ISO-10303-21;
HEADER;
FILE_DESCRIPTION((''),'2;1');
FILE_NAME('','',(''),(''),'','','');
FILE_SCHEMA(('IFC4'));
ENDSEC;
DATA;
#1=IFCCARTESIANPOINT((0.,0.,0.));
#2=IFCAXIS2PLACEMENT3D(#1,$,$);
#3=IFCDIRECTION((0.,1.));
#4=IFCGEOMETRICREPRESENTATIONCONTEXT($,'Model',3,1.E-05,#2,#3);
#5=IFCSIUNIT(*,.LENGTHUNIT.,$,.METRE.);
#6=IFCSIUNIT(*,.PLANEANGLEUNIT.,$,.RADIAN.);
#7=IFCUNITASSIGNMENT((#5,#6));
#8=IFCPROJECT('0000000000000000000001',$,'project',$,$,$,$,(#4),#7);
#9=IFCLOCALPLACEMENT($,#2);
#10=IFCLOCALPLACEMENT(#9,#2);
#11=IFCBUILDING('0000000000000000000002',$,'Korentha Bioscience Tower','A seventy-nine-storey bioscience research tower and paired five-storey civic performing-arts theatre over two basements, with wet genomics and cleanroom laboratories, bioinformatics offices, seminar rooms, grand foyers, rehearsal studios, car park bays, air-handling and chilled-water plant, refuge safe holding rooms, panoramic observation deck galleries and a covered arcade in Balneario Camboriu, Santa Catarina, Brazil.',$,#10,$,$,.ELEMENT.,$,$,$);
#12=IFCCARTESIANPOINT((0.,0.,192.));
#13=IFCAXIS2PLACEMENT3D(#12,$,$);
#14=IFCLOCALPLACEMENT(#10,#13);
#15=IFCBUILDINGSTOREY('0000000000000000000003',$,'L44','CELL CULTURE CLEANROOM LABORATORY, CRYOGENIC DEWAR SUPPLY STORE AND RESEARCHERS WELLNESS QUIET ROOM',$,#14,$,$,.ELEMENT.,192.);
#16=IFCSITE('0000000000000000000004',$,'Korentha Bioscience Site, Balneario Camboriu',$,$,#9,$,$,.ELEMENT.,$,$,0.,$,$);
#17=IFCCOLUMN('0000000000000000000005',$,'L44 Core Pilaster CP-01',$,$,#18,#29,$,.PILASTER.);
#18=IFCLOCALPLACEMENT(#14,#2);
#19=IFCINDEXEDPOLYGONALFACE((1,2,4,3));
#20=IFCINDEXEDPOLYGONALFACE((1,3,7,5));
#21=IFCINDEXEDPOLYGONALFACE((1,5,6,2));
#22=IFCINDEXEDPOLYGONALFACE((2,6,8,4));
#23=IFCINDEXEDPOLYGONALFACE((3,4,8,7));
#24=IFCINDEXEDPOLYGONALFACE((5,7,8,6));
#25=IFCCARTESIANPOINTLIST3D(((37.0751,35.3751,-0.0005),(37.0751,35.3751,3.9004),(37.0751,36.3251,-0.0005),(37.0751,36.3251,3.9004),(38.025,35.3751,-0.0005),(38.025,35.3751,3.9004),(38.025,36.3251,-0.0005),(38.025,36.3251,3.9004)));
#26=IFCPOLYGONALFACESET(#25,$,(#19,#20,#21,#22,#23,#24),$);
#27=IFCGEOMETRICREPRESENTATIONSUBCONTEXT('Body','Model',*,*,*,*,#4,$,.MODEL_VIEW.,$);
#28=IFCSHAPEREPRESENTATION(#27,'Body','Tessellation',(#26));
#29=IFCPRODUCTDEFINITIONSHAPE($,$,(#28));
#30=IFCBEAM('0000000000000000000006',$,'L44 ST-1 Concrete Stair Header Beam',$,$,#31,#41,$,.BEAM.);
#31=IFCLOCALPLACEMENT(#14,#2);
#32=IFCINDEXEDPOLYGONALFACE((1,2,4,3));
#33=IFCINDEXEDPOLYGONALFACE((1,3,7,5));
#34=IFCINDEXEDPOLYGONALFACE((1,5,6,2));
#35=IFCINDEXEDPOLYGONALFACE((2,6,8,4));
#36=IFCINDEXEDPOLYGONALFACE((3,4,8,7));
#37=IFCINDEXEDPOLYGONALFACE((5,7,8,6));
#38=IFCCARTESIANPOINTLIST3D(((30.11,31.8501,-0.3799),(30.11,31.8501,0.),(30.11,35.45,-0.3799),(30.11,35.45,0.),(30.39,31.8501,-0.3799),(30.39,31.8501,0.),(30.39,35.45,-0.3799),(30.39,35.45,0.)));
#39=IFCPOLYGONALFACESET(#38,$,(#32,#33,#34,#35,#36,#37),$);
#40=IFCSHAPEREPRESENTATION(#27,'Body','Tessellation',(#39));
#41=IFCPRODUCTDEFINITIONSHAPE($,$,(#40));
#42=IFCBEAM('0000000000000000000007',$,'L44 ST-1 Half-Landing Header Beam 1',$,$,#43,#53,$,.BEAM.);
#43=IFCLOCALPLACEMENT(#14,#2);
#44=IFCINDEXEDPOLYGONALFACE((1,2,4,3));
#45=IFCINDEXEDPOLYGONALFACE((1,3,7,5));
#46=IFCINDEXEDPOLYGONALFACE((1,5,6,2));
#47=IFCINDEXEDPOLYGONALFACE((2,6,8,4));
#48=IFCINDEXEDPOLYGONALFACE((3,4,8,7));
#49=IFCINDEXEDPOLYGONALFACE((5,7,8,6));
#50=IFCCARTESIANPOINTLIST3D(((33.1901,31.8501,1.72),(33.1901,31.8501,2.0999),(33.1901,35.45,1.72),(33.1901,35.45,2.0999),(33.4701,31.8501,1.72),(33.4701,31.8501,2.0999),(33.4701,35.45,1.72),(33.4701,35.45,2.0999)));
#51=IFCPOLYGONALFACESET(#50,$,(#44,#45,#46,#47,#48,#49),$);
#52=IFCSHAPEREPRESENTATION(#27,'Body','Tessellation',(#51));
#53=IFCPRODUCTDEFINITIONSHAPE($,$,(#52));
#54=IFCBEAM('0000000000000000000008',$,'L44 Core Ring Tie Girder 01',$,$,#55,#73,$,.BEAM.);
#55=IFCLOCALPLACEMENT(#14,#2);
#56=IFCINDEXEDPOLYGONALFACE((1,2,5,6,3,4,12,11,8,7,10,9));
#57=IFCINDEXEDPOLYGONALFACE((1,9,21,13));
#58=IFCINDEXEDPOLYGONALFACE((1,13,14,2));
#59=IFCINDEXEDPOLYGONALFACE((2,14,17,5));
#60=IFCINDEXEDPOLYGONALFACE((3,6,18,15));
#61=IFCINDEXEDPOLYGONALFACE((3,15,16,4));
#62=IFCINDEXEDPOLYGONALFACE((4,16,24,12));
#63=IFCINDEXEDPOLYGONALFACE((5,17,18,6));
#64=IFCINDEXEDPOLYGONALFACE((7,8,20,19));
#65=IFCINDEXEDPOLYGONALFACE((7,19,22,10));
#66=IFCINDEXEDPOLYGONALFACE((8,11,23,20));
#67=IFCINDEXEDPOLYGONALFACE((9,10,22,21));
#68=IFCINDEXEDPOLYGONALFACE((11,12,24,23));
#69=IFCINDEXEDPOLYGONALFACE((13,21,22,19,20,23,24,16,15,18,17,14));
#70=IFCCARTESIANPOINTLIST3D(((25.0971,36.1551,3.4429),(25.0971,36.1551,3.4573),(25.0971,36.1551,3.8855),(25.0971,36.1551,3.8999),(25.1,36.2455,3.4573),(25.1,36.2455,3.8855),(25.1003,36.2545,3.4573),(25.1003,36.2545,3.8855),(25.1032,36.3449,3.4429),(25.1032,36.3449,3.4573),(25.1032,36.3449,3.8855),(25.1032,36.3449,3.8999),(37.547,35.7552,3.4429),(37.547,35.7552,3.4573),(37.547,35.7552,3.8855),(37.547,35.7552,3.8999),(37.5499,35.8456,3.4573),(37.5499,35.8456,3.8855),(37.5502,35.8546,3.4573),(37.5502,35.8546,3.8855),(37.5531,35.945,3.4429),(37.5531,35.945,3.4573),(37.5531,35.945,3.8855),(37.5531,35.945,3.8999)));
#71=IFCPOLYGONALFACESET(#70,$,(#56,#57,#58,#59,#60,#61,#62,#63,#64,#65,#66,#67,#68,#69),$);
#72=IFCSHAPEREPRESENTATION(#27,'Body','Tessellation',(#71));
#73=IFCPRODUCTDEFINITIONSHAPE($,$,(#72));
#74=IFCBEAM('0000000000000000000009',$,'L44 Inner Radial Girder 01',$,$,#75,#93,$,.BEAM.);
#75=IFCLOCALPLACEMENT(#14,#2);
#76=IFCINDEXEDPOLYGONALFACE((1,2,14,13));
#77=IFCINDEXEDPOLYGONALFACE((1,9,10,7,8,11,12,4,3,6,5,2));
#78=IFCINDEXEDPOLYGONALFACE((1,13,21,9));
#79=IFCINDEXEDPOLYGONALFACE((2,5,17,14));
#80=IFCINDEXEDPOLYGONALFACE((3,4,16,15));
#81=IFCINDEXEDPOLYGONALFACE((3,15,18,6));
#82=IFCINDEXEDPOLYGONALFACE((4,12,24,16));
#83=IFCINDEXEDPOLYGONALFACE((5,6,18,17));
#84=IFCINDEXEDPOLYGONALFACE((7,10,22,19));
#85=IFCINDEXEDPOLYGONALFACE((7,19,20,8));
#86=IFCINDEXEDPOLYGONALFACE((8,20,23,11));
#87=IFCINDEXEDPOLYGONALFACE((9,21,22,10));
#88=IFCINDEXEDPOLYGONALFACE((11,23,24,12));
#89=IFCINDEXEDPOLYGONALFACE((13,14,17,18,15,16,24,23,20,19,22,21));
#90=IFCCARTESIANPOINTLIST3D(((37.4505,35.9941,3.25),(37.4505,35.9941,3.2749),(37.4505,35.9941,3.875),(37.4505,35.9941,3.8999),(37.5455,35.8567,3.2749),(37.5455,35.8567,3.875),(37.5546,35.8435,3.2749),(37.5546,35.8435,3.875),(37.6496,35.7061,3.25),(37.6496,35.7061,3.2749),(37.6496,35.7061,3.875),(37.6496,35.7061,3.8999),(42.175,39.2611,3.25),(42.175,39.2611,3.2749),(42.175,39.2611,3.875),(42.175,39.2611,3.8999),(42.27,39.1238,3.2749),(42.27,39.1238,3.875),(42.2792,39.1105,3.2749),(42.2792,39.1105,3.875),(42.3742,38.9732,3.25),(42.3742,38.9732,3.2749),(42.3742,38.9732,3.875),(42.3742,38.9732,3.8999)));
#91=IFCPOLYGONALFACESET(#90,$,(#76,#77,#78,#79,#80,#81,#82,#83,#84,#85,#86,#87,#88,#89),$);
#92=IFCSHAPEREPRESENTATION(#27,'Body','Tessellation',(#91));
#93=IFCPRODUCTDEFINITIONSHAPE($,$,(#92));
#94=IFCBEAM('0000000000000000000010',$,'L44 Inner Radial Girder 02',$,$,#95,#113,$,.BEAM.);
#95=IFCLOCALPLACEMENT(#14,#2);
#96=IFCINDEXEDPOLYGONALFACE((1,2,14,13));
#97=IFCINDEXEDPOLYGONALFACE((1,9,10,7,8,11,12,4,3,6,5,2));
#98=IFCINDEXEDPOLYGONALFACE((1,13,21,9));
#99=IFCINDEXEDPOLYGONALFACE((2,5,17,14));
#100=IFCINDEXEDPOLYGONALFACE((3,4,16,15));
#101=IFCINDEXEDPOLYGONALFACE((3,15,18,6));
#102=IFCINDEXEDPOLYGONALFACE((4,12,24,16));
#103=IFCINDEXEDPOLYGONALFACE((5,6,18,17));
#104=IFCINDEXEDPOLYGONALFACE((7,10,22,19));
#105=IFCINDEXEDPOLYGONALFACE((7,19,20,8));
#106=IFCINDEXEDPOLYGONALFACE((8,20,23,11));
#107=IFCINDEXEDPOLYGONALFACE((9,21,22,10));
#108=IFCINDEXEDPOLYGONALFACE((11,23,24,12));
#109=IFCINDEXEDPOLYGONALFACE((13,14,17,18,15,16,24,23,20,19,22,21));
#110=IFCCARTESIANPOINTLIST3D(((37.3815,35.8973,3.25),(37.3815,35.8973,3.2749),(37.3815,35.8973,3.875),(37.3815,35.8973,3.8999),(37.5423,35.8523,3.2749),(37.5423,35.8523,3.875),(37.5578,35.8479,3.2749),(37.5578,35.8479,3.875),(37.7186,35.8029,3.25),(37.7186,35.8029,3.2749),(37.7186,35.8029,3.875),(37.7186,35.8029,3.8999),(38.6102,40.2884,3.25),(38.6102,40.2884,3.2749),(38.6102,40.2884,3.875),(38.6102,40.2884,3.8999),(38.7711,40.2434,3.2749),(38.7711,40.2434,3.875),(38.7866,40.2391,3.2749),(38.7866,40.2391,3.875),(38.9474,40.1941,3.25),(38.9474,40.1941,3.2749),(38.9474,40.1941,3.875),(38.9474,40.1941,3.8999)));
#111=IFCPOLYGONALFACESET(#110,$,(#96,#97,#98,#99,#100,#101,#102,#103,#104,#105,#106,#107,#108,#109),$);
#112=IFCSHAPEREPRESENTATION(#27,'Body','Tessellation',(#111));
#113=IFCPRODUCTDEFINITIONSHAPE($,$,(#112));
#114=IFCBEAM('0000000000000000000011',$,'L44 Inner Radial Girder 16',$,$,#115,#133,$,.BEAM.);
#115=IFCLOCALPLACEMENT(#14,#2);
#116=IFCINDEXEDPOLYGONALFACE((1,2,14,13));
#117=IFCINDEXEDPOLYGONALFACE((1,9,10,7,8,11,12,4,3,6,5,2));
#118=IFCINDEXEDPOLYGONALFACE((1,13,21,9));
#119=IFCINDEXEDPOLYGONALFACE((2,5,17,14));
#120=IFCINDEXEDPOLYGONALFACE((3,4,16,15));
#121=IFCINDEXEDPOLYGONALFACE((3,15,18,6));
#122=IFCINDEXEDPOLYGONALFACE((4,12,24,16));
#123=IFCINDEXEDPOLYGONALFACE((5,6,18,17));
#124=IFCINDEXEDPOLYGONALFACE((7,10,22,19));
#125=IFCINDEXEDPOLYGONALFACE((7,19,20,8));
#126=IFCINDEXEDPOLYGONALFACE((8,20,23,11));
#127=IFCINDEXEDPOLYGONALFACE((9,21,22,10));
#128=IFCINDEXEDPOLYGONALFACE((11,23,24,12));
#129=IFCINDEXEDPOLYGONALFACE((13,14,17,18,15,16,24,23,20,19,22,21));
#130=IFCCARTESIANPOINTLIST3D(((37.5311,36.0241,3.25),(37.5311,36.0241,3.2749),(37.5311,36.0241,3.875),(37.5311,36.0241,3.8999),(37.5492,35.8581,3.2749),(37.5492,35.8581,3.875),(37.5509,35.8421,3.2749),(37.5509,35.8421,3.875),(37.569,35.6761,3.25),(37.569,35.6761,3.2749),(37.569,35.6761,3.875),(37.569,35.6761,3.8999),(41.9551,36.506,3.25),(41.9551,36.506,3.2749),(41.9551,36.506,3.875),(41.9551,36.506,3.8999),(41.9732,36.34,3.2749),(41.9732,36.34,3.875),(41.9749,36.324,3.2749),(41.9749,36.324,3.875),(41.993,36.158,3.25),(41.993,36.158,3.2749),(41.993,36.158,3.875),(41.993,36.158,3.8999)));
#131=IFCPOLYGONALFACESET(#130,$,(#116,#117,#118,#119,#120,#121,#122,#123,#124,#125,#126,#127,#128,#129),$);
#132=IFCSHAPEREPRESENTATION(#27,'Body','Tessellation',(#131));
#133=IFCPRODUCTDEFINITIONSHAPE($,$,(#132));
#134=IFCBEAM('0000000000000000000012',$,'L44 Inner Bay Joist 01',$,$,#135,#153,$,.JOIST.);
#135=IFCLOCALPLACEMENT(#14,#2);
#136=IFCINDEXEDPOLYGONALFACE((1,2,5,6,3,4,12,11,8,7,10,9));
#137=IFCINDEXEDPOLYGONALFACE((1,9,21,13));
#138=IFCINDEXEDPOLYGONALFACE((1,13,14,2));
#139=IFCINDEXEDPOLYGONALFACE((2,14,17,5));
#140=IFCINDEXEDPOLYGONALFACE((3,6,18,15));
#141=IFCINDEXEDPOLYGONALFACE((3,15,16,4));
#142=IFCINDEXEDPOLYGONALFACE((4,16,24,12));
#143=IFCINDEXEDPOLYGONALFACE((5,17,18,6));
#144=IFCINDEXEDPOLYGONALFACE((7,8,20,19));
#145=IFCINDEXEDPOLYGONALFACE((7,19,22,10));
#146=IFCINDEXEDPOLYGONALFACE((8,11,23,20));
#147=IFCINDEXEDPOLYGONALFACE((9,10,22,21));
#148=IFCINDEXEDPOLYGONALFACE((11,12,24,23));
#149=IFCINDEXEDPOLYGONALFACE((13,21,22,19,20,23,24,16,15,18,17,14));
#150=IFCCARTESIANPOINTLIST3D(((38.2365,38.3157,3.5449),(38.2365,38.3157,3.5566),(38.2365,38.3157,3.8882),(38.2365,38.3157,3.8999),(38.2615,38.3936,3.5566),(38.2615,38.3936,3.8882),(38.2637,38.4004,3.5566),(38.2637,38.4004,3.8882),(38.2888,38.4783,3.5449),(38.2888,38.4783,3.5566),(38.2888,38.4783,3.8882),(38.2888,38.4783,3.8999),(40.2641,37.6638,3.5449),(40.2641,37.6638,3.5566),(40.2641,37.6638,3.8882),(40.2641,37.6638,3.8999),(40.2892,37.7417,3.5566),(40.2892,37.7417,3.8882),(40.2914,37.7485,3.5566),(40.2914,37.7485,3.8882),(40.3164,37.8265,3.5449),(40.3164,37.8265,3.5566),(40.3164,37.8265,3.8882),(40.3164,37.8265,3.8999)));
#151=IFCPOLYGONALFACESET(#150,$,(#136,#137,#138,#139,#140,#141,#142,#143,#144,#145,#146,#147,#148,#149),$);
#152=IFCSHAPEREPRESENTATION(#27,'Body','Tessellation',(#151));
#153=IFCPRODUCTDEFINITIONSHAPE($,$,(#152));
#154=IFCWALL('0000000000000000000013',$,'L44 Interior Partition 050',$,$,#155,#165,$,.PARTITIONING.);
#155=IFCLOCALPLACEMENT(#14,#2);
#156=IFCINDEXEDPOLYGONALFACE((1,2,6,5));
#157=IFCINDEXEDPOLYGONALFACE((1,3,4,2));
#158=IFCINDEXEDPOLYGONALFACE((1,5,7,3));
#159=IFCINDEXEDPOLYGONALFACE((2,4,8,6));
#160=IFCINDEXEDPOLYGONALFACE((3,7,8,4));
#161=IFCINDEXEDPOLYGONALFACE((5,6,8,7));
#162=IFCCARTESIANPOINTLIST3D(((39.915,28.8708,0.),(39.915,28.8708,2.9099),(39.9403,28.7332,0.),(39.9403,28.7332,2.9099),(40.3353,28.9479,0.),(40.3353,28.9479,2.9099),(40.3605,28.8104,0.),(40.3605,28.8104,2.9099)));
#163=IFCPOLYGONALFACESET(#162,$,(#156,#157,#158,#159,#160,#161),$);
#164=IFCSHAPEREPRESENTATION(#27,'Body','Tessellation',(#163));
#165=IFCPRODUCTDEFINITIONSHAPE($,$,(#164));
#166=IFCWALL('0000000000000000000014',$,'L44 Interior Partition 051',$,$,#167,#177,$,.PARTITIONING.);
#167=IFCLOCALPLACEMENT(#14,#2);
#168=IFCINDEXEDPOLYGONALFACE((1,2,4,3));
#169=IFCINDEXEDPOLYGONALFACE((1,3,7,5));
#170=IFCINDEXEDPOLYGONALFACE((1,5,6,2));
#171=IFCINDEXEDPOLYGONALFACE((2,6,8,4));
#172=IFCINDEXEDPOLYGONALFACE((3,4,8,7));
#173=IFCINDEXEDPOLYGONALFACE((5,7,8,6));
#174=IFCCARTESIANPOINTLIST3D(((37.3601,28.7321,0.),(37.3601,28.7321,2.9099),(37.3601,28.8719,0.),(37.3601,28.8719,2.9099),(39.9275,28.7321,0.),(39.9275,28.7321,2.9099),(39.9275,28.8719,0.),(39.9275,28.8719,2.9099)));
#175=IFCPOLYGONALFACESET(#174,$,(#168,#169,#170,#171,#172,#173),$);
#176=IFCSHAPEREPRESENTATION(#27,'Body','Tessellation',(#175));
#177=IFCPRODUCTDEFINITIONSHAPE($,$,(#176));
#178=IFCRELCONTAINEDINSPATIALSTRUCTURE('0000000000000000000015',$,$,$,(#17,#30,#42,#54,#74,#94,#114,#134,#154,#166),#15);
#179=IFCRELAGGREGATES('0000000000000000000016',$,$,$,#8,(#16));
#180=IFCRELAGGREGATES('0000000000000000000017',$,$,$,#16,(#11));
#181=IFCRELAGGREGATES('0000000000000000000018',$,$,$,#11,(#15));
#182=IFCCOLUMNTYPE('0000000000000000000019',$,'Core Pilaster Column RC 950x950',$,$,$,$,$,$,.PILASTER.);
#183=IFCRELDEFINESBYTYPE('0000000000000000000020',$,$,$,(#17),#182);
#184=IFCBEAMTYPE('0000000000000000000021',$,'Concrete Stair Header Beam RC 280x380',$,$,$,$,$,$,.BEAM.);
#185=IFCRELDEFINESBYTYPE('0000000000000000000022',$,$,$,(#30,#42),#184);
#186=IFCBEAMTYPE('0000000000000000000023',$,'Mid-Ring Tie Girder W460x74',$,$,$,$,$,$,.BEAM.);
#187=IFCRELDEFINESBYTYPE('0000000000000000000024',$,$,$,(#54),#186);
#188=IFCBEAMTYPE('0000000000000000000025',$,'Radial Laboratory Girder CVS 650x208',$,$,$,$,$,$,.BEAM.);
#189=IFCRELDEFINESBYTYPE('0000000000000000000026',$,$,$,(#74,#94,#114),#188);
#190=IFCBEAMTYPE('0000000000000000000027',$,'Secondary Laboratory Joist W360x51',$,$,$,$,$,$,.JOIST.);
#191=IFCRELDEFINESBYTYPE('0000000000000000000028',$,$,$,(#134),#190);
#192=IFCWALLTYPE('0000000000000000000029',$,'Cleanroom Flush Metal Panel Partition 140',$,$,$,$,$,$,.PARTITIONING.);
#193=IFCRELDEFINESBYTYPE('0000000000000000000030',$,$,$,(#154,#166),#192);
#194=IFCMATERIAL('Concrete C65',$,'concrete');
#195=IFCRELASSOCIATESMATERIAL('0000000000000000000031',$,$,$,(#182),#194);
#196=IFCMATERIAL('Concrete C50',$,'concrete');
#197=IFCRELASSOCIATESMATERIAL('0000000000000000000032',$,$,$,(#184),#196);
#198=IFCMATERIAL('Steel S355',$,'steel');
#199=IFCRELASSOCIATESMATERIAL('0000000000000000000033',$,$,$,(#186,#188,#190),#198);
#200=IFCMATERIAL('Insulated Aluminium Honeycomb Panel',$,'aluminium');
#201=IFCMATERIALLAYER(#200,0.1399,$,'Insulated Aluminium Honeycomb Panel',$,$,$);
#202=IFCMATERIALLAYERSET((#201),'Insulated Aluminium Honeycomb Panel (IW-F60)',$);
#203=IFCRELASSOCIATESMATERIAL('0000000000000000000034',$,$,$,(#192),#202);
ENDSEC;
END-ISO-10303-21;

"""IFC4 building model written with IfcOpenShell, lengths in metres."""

from ifc_helpers import new_model, si_unit, direction, frame, frame_2d, origin, origin_2d, place, context, subcontext, project, spatial, rectangle, i_section, extrude, material, layer, layer_set, material_profile, profile_set, type_object, element, save


model = new_model("IFC4")

# Units and contexts
model_context = context("Model", 3, precision=1e-05, world=origin(), true_north=direction((0.0, 1.0)))
body_context = subcontext(model_context, "Body", "Model", "MODEL_VIEW")
ifc_project = project(units=[si_unit("LENGTHUNIT", "METRE"), si_unit("PLANEANGLEUNIT", "RADIAN")], contexts=[model_context])

# Site, building, storey
site_placement = place(None, origin())
site = spatial("IfcSite", under=ifc_project, at=site_placement, Name="Korentha Bioscience Site, Balneario Camboriu", CompositionType="ELEMENT", RefElevation=0.0)
building_placement = place(site_placement, origin())
building = spatial("IfcBuilding", under=site, at=building_placement, Name="Korentha Bioscience Tower", Description="A seventy-nine-storey bioscience research tower and paired five-storey civic performing-arts theatre over two basements, with wet genomics and cleanroom laboratories, bioinformatics offices, seminar rooms, grand foyers, rehearsal studios, car park bays, air-handling and chilled-water plant, refuge safe holding rooms, panoramic observation deck galleries and a covered arcade in Balneario Camboriu, Santa Catarina, Brazil.", CompositionType="ELEMENT")
storey_placement = place(building_placement, frame((0.0, 0.0, 192.0)))
storey = spatial("IfcBuildingStorey", under=building, at=storey_placement, Name="L44", Description="CELL CULTURE CLEANROOM LABORATORY, CRYOGENIC DEWAR SUPPLY STORE AND RESEARCHERS WELLNESS QUIET ROOM", CompositionType="ELEMENT", Elevation=192.0)

# Column
ifc_material_1 = material(Name="Concrete C65", Category="concrete")
ifc_material_profile_1 = material_profile(ifc_material_1, rectangle(XDim=0.95, YDim=0.95, at=origin_2d()), Name="Concrete C65")
ifc_profile_set_1 = profile_set([ifc_material_profile_1], Name="Concrete C65 (COL-CP09)")
column_type = type_object("IfcColumnType", Name="Core Pilaster Column RC 950x950", PredefinedType="PILASTER", material=ifc_profile_set_1)
column_placement = place(storey_placement, frame((37.55, 35.8501, -0.0005), z_axis=(0.0, 0.0, 1.0), x_axis=(1.0, 0.0, 0.0)))
element("IfcColumn", 1, at=column_placement, inside=storey, type_object=column_type, Name="L44 Core Pilaster CP-01", PredefinedType="PILASTER", context=body_context, shape_type="SweptSolid", body=[
    extrude(rectangle(XDim=0.95, YDim=0.95, at=origin_2d()), origin(), (0.0, 0.0, 1.0), 3.9009),
])

# Beams
ifc_material_2 = material(Name="Concrete C50", Category="concrete")
ifc_material_profile_2 = material_profile(ifc_material_2, rectangle(XDim=0.28, YDim=0.3799, at=origin_2d()), Name="Concrete C50")
ifc_profile_set_2 = profile_set([ifc_material_profile_2], Name="Concrete C50 (ST-HB380)")
beam_type_1 = type_object("IfcBeamType", Name="Concrete Stair Header Beam RC 280x380", PredefinedType="BEAM", material=ifc_profile_set_2)
for number, where, z_axis, x_axis, name in (
    (2, (30.25, 31.8501, -0.1899), (0.0, 1.0, 0.0), (-1.0, 0.0, 0.0), "L44 ST-1 Concrete Stair Header Beam"),
    (3, (33.3301, 31.8501, 1.9099), (0.0, 1.0, 0.0), (-1.0, 0.0, 0.0), "L44 ST-1 Half-Landing Header Beam 1"),
):
    element("IfcBeam", number, at=place(storey_placement, frame(where, z_axis=z_axis, x_axis=x_axis)), inside=storey, type_object=beam_type_1, Name=name, PredefinedType="BEAM", context=body_context, shape_type="SweptSolid", body=[
        extrude(rectangle(XDim=0.28, YDim=0.3799, at=origin_2d()), origin(), (0.0, 0.0, 1.0), 3.5999),
    ])
ifc_material_3 = material(Name="Steel S355", Category="steel")
ifc_material_profile_3 = material_profile(ifc_material_3, i_section(OverallWidth=0.1899, OverallDepth=0.457, WebThickness=0.009, FlangeThickness=0.0144, at=origin_2d()), Name="Steel S355")
ifc_profile_set_3 = profile_set([ifc_material_profile_3], Name="Steel S355 (MB-460)")
beam_type_2 = type_object("IfcBeamType", Name="Mid-Ring Tie Girder W460x74", PredefinedType="BEAM", material=ifc_profile_set_3)
beam_1_placement = place(storey_placement, frame((37.55, 35.8501, 3.6714), z_axis=(-0.999485, 0.032104, 0.0), x_axis=(-0.032104, -0.999485, 0.0)))
element("IfcBeam", 4, at=beam_1_placement, inside=storey, type_object=beam_type_2, Name="L44 Core Ring Tie Girder 01", PredefinedType="BEAM", context=body_context, shape_type="SweptSolid", body=[
    extrude(i_section(OverallWidth=0.1899, OverallDepth=0.457, WebThickness=0.009, FlangeThickness=0.0144, at=origin_2d()), origin(), (0.0, 0.0, 1.0), 12.4563),
])
ifc_material_profile_4 = material_profile(ifc_material_3, i_section(OverallWidth=0.3501, OverallDepth=0.6499, WebThickness=0.0161, FlangeThickness=0.0249, at=origin_2d()), Name="Steel S355")
ifc_profile_set_4 = profile_set([ifc_material_profile_4], Name="Steel S355 (RB-650)")
beam_type_3 = type_object("IfcBeamType", Name="Radial Laboratory Girder CVS 650x208", PredefinedType="BEAM", material=ifc_profile_set_4)
beam_2_placement = place(storey_placement, frame((37.55, 35.8501, 3.575), z_axis=(0.822501, 0.568763, 0.0), x_axis=(-0.568763, 0.822501, 0.0)))
element("IfcBeam", 5, at=beam_2_placement, inside=storey, type_object=beam_type_3, Name="L44 Inner Radial Girder 01", PredefinedType="BEAM", context=body_context, shape_type="SweptSolid", body=[
    extrude(i_section(OverallWidth=0.3501, OverallDepth=0.6499, WebThickness=0.0161, FlangeThickness=0.0249, at=origin_2d()), origin(), (0.0, 0.0, 1.0), 5.7441),
])
beam_3_placement = place(storey_placement, frame((37.55, 35.8501, 3.575), z_axis=(0.269477, 0.963007, 0.0), x_axis=(-0.963007, 0.269477, 0.0)))
element("IfcBeam", 6, at=beam_3_placement, inside=storey, type_object=beam_type_3, Name="L44 Inner Radial Girder 02", PredefinedType="BEAM", context=body_context, shape_type="SweptSolid", body=[
    extrude(i_section(OverallWidth=0.3501, OverallDepth=0.6499, WebThickness=0.0161, FlangeThickness=0.0249, at=origin_2d()), origin(), (0.0, 0.0, 1.0), 4.5598),
])
beam_4_placement = place(storey_placement, frame((37.55, 35.8501, 3.575), z_axis=(0.994119, 0.108294, 0.0), x_axis=(-0.108294, 0.994119, 0.0)))
element("IfcBeam", 7, at=beam_4_placement, inside=storey, type_object=beam_type_3, Name="L44 Inner Radial Girder 16", PredefinedType="BEAM", context=body_context, shape_type="SweptSolid", body=[
    extrude(i_section(OverallWidth=0.3501, OverallDepth=0.6499, WebThickness=0.0161, FlangeThickness=0.0249, at=origin_2d()), origin(), (0.0, 0.0, 1.0), 4.4502),
])
ifc_material_profile_5 = material_profile(ifc_material_3, i_section(OverallWidth=0.1709, OverallDepth=0.355, WebThickness=0.0071, FlangeThickness=0.0117, at=origin_2d()), Name="Steel S355")
ifc_profile_set_5 = profile_set([ifc_material_profile_5], Name="Steel S355 (JB-360)")
beam_type_4 = type_object("IfcBeamType", Name="Secondary Laboratory Joist W360x51", PredefinedType="JOIST", material=ifc_profile_set_5)
beam_5_placement = place(storey_placement, frame((40.2903, 37.7451, 3.7224), z_axis=(-0.952011, 0.306065, 0.0), x_axis=(-0.306065, -0.952011, 0.0)))
element("IfcBeam", 8, at=beam_5_placement, inside=storey, type_object=beam_type_4, Name="L44 Inner Bay Joist 01", PredefinedType="JOIST", context=body_context, shape_type="SweptSolid", body=[
    extrude(i_section(OverallWidth=0.1709, OverallDepth=0.355, WebThickness=0.0071, FlangeThickness=0.0117, at=origin_2d()), origin(), (0.0, 0.0, 1.0), 2.1299),
])

# Walls
ifc_material_4 = material(Name="Insulated Aluminium Honeycomb Panel", Category="aluminium")
ifc_layer_1 = layer(ifc_material_4, 0.1399, Name="Insulated Aluminium Honeycomb Panel")
ifc_layer_set_1 = layer_set([ifc_layer_1], Name="Insulated Aluminium Honeycomb Panel (IW-F60)")
wall_type_1 = type_object("IfcWallType", Name="Cleanroom Flush Metal Panel Partition 140", PredefinedType="PARTITIONING", material=ifc_layer_set_1)
wall_1_placement = place(storey_placement, frame((40.3479, 28.8792, 0.0), z_axis=(0.0, 0.0, 1.0), x_axis=(-0.983558, -0.180595, 0.0)))
element("IfcWall", 9, at=wall_1_placement, inside=storey, type_object=wall_type_1, Name="L44 Interior Partition 050", PredefinedType="PARTITIONING", context=body_context, shape_type="SweptSolid", body=[
    extrude(rectangle(XDim=0.4272, YDim=0.1399, at=frame_2d((0.2136, 0.0))), origin(), (0.0, 0.0, 1.0), 2.9099),
])
wall_2_placement = place(storey_placement, frame((39.9275, 28.802, 0.0), z_axis=(0.0, 0.0, 1.0), x_axis=(-1.0, 0.0, 0.0)))
element("IfcWall", 10, at=wall_2_placement, inside=storey, type_object=wall_type_1, Name="L44 Interior Partition 051", PredefinedType="PARTITIONING", context=body_context, shape_type="SweptSolid", body=[
    extrude(rectangle(XDim=2.5674, YDim=0.1399, at=frame_2d((1.2837, 0.0))), origin(), (0.0, 0.0, 1.0), 2.9099),
])

save(model, "model.ifc")
